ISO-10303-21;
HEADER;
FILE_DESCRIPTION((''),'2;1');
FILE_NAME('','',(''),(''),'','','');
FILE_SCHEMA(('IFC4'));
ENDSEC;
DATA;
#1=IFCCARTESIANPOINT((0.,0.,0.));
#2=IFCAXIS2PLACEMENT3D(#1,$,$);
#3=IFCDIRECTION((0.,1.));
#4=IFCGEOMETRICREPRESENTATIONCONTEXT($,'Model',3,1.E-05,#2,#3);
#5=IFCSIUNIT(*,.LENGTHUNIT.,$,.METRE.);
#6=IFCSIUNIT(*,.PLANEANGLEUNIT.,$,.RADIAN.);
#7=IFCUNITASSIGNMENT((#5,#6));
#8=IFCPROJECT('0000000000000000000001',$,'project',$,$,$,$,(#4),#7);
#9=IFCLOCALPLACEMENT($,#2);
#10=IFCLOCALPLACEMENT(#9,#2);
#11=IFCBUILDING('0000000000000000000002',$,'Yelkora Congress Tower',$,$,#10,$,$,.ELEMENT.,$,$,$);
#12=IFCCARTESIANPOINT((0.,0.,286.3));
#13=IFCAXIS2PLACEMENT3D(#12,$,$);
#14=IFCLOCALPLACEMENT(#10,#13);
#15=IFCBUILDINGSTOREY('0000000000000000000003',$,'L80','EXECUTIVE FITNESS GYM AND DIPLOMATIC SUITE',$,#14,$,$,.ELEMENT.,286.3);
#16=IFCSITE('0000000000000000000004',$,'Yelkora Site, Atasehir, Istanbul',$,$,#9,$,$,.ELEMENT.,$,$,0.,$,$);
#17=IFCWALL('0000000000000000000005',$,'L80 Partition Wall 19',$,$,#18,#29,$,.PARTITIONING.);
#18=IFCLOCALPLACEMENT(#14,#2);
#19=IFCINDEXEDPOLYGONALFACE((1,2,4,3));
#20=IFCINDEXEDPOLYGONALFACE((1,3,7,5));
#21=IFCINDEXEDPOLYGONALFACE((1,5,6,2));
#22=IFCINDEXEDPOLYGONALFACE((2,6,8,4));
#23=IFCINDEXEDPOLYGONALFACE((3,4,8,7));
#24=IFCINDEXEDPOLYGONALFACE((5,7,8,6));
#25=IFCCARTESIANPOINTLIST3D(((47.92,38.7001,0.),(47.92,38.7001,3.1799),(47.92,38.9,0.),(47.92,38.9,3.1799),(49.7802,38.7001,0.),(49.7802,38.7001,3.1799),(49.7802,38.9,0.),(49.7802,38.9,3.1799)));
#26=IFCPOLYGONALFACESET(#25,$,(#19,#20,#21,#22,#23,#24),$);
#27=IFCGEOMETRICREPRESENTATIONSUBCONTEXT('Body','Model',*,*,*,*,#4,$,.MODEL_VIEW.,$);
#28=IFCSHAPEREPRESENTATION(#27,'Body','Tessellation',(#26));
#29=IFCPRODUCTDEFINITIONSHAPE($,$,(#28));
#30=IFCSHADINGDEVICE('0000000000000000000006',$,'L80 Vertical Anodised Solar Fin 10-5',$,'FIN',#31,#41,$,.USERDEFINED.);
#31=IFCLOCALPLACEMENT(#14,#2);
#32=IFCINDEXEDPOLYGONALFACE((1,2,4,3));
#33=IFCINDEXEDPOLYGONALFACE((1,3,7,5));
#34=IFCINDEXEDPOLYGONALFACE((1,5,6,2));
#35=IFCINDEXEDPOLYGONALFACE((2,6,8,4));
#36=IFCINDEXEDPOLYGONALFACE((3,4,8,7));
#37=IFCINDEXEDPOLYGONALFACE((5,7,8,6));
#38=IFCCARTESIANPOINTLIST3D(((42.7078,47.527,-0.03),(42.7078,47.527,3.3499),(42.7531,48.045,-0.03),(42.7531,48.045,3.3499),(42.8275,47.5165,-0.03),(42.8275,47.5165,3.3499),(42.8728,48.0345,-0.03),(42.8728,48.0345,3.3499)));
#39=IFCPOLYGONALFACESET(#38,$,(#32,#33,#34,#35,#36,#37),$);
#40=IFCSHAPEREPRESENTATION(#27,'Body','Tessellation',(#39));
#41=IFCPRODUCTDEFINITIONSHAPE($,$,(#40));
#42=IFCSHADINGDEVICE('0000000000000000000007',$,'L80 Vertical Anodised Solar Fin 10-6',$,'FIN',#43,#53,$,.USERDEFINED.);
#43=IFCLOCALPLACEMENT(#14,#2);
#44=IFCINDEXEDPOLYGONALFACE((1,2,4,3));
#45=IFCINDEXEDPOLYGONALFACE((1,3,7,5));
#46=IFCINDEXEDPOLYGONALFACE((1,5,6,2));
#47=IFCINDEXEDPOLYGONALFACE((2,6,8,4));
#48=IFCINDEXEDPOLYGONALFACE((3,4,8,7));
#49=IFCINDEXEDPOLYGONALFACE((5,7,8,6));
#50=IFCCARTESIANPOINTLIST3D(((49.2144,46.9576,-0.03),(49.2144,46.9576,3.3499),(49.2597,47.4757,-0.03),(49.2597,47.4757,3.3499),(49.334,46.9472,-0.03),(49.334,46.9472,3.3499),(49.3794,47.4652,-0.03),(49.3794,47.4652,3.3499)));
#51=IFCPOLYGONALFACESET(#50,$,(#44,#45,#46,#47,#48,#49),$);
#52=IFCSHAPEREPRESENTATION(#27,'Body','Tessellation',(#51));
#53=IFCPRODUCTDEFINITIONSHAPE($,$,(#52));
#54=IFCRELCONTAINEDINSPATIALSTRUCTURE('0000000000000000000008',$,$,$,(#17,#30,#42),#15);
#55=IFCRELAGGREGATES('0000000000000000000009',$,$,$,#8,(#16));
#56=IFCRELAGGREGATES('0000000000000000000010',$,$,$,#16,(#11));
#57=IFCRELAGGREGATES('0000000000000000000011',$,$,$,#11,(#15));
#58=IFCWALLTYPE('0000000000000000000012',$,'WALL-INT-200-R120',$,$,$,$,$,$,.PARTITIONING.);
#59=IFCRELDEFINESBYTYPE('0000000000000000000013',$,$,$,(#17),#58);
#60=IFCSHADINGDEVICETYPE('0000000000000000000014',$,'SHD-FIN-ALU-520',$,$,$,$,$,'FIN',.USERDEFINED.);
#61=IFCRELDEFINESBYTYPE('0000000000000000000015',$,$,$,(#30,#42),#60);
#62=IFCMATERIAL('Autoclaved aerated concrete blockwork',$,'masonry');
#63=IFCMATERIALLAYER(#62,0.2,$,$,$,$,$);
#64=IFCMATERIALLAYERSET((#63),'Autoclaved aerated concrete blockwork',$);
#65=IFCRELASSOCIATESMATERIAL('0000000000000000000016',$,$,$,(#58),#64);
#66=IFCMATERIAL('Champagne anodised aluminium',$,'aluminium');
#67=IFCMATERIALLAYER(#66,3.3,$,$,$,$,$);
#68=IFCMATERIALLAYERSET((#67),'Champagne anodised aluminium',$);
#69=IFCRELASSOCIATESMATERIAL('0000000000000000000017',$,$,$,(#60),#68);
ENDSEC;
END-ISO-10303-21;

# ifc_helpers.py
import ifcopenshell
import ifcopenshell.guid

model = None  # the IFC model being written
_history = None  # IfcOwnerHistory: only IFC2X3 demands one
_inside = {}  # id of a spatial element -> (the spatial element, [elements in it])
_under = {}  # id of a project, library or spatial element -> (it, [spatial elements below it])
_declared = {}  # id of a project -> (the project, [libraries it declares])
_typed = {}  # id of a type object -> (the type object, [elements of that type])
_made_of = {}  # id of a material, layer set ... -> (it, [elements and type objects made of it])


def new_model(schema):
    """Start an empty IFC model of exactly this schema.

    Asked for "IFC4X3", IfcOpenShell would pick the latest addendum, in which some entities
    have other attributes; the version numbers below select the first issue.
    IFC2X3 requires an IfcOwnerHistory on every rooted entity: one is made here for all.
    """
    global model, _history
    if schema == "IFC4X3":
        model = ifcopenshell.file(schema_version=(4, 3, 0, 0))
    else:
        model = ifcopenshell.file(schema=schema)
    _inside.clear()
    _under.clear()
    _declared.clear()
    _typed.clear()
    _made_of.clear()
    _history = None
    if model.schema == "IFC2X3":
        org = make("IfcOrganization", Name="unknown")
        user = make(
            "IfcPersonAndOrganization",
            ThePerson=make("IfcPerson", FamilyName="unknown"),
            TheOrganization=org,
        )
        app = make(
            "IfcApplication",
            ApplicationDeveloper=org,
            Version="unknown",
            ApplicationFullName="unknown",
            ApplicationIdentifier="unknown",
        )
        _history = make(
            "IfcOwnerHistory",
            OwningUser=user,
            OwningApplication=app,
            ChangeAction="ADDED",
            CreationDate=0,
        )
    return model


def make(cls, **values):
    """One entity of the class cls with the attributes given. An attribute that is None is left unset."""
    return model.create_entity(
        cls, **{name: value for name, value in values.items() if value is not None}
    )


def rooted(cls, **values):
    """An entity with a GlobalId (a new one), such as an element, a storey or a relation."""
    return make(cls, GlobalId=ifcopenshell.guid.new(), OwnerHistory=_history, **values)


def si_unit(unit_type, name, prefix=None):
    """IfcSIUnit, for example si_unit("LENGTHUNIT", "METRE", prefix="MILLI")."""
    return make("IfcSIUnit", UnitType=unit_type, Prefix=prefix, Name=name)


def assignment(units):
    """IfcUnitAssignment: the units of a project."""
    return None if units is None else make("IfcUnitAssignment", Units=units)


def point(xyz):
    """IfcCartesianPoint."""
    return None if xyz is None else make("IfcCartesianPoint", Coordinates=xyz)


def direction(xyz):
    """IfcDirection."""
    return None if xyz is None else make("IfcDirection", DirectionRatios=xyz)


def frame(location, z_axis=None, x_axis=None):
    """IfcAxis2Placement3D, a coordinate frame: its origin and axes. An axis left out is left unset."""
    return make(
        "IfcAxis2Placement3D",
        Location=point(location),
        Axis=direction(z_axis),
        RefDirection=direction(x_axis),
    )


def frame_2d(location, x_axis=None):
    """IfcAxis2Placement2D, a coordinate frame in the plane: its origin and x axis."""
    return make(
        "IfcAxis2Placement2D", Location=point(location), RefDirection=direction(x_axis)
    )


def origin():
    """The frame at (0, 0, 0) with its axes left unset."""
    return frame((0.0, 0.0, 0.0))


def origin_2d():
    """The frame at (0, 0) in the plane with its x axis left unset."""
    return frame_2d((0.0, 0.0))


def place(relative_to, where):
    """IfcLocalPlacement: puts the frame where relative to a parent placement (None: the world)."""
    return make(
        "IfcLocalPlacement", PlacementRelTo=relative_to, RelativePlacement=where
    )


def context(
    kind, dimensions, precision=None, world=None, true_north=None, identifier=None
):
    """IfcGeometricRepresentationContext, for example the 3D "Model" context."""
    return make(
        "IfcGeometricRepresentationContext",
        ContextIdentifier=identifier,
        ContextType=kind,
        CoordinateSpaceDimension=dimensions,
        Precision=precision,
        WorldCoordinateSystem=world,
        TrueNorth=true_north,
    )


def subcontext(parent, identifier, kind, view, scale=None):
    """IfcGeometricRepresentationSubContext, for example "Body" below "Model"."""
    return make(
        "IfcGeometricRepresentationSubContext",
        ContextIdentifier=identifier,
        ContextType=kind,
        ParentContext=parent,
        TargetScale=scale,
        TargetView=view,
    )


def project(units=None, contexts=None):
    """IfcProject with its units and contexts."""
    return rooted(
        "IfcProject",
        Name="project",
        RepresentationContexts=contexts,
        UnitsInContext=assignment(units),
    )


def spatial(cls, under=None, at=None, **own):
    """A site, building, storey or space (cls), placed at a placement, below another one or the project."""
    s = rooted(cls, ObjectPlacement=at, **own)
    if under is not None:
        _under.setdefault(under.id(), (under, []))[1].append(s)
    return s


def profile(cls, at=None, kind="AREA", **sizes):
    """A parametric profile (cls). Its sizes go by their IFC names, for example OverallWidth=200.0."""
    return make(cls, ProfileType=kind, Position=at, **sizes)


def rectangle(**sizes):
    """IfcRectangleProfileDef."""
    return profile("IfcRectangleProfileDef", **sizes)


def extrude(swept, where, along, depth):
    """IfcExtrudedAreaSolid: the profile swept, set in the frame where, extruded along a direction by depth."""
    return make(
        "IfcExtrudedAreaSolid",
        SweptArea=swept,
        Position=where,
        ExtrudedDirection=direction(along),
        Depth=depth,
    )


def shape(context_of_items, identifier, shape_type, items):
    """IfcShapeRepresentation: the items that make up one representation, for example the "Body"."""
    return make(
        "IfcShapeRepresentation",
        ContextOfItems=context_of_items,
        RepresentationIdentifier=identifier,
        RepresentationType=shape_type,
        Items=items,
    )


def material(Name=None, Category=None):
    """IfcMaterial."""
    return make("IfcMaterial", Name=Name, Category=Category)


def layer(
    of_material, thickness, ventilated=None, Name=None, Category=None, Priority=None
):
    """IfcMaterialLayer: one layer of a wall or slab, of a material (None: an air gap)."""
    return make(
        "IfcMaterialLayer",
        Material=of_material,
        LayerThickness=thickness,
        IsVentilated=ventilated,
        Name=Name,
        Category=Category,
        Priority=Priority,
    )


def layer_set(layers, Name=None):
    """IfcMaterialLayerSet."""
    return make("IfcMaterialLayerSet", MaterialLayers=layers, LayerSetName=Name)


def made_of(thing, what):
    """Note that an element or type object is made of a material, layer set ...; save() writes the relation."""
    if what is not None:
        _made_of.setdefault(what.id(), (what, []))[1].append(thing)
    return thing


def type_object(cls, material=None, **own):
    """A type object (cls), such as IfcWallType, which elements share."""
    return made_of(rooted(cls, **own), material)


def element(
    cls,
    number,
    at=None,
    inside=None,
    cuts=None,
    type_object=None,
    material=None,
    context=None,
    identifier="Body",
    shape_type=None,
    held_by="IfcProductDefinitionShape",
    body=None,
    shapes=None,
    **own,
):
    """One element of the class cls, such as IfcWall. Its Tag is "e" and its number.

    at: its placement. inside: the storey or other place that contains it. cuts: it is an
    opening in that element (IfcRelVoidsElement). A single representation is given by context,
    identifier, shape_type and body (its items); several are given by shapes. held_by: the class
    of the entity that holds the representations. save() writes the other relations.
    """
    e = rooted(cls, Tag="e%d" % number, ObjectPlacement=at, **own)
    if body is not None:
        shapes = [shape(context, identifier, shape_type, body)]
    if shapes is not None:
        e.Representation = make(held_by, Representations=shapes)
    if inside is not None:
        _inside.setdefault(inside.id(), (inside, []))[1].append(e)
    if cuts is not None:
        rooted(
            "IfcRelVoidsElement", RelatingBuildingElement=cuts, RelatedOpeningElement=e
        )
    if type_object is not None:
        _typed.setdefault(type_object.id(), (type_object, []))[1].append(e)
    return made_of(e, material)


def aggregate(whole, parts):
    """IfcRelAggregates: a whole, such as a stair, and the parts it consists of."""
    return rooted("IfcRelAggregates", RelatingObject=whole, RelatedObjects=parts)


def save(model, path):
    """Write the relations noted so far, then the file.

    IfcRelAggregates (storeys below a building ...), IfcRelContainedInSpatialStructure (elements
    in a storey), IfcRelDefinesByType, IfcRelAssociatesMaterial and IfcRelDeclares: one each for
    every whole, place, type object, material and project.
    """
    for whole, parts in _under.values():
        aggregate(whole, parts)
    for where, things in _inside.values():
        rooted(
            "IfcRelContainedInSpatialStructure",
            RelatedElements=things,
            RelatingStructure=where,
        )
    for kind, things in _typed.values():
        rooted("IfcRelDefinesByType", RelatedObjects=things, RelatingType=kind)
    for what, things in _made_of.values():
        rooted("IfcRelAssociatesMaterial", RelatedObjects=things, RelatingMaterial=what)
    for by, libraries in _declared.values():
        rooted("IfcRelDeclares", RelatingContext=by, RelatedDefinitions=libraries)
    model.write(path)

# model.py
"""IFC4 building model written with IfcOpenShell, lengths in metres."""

from ifc_helpers import new_model, si_unit, direction, frame, frame_2d, origin, origin_2d, place, context, subcontext, project, spatial, rectangle, extrude, material, layer, layer_set, type_object, element, save


model = new_model("IFC4")

# Units and contexts
model_context = context("Model", 3, precision=1e-05, world=origin(), true_north=direction((0.0, 1.0)))
body_context = subcontext(model_context, "Body", "Model", "MODEL_VIEW")
ifc_project = project(units=[si_unit("LENGTHUNIT", "METRE"), si_unit("PLANEANGLEUNIT", "RADIAN")], contexts=[model_context])

# Site, building, storey
site_placement = place(None, origin())
site = spatial("IfcSite", under=ifc_project, at=site_placement, Name="Yelkora Site, Atasehir, Istanbul", CompositionType="ELEMENT", RefElevation=0.0)
building_placement = place(site_placement, origin())
building = spatial("IfcBuilding", under=site, at=building_placement, Name="Yelkora Congress Tower", CompositionType="ELEMENT")
storey_placement = place(building_placement, frame((0.0, 0.0, 286.3)))
storey = spatial("IfcBuildingStorey", under=building, at=storey_placement, Name="L80", Description="EXECUTIVE FITNESS GYM AND DIPLOMATIC SUITE", CompositionType="ELEMENT", Elevation=286.3)

# Shared definitions
ifc_material_1 = material(Name="Autoclaved aerated concrete blockwork", Category="masonry")
ifc_layer_1 = layer(ifc_material_1, 0.2)
ifc_layer_set_1 = layer_set([ifc_layer_1], Name="Autoclaved aerated concrete blockwork")
wall_type_1 = type_object("IfcWallType", Name="WALL-INT-200-R120", PredefinedType="PARTITIONING", material=ifc_layer_set_1)

# Wall
wall_1_placement = place(storey_placement, frame((47.9199, 38.8, 0.0), z_axis=(0.0, 0.0, 1.0), x_axis=(1.0, 0.0, 0.0)))
element("IfcWall", 1, at=wall_1_placement, inside=storey, type_object=wall_type_1, Name="L80 Partition Wall 19", PredefinedType="PARTITIONING", context=body_context, shape_type="SweptSolid", body=[
    extrude(rectangle(XDim=1.8601, YDim=0.2, at=frame_2d((0.9302, 0.0))), origin(), (0.0, 0.0, 1.0), 3.1799),
])

# Shading devices
ifc_material_2 = material(Name="Champagne anodised aluminium", Category="aluminium")
ifc_layer_2 = layer(ifc_material_2, 3.3)
ifc_layer_set_2 = layer_set([ifc_layer_2], Name="Champagne anodised aluminium")
shading_device_type = type_object("IfcShadingDeviceType", Name="SHD-FIN-ALU-520", ElementType="FIN", PredefinedType="USERDEFINED", material=ifc_layer_set_2)
for number, where, z_axis, x_axis, name in (
    (2, (42.7903, 47.7808, -0.03), (0.0, 0.0, 1.0), (0.996195, -0.087156, 0.0), "L80 Vertical Anodised Solar Fin 10-5"),
    (3, (49.2969, 47.2114, -0.03), (0.0, 0.0, 1.0), (0.996195, -0.087156, 0.0), "L80 Vertical Anodised Solar Fin 10-6"),
):
    element("IfcShadingDevice", number, at=place(storey_placement, frame(where, z_axis=z_axis, x_axis=x_axis)), inside=storey, type_object=shading_device_type, Name=name, ObjectType="FIN", PredefinedType="USERDEFINED", context=body_context, shape_type="SweptSolid", body=[
        extrude(rectangle(XDim=0.1201, YDim=0.52, at=origin_2d()), origin(), (0.0, 0.0, 1.0), 3.3799),
    ])

save(model, "model.ifc")
